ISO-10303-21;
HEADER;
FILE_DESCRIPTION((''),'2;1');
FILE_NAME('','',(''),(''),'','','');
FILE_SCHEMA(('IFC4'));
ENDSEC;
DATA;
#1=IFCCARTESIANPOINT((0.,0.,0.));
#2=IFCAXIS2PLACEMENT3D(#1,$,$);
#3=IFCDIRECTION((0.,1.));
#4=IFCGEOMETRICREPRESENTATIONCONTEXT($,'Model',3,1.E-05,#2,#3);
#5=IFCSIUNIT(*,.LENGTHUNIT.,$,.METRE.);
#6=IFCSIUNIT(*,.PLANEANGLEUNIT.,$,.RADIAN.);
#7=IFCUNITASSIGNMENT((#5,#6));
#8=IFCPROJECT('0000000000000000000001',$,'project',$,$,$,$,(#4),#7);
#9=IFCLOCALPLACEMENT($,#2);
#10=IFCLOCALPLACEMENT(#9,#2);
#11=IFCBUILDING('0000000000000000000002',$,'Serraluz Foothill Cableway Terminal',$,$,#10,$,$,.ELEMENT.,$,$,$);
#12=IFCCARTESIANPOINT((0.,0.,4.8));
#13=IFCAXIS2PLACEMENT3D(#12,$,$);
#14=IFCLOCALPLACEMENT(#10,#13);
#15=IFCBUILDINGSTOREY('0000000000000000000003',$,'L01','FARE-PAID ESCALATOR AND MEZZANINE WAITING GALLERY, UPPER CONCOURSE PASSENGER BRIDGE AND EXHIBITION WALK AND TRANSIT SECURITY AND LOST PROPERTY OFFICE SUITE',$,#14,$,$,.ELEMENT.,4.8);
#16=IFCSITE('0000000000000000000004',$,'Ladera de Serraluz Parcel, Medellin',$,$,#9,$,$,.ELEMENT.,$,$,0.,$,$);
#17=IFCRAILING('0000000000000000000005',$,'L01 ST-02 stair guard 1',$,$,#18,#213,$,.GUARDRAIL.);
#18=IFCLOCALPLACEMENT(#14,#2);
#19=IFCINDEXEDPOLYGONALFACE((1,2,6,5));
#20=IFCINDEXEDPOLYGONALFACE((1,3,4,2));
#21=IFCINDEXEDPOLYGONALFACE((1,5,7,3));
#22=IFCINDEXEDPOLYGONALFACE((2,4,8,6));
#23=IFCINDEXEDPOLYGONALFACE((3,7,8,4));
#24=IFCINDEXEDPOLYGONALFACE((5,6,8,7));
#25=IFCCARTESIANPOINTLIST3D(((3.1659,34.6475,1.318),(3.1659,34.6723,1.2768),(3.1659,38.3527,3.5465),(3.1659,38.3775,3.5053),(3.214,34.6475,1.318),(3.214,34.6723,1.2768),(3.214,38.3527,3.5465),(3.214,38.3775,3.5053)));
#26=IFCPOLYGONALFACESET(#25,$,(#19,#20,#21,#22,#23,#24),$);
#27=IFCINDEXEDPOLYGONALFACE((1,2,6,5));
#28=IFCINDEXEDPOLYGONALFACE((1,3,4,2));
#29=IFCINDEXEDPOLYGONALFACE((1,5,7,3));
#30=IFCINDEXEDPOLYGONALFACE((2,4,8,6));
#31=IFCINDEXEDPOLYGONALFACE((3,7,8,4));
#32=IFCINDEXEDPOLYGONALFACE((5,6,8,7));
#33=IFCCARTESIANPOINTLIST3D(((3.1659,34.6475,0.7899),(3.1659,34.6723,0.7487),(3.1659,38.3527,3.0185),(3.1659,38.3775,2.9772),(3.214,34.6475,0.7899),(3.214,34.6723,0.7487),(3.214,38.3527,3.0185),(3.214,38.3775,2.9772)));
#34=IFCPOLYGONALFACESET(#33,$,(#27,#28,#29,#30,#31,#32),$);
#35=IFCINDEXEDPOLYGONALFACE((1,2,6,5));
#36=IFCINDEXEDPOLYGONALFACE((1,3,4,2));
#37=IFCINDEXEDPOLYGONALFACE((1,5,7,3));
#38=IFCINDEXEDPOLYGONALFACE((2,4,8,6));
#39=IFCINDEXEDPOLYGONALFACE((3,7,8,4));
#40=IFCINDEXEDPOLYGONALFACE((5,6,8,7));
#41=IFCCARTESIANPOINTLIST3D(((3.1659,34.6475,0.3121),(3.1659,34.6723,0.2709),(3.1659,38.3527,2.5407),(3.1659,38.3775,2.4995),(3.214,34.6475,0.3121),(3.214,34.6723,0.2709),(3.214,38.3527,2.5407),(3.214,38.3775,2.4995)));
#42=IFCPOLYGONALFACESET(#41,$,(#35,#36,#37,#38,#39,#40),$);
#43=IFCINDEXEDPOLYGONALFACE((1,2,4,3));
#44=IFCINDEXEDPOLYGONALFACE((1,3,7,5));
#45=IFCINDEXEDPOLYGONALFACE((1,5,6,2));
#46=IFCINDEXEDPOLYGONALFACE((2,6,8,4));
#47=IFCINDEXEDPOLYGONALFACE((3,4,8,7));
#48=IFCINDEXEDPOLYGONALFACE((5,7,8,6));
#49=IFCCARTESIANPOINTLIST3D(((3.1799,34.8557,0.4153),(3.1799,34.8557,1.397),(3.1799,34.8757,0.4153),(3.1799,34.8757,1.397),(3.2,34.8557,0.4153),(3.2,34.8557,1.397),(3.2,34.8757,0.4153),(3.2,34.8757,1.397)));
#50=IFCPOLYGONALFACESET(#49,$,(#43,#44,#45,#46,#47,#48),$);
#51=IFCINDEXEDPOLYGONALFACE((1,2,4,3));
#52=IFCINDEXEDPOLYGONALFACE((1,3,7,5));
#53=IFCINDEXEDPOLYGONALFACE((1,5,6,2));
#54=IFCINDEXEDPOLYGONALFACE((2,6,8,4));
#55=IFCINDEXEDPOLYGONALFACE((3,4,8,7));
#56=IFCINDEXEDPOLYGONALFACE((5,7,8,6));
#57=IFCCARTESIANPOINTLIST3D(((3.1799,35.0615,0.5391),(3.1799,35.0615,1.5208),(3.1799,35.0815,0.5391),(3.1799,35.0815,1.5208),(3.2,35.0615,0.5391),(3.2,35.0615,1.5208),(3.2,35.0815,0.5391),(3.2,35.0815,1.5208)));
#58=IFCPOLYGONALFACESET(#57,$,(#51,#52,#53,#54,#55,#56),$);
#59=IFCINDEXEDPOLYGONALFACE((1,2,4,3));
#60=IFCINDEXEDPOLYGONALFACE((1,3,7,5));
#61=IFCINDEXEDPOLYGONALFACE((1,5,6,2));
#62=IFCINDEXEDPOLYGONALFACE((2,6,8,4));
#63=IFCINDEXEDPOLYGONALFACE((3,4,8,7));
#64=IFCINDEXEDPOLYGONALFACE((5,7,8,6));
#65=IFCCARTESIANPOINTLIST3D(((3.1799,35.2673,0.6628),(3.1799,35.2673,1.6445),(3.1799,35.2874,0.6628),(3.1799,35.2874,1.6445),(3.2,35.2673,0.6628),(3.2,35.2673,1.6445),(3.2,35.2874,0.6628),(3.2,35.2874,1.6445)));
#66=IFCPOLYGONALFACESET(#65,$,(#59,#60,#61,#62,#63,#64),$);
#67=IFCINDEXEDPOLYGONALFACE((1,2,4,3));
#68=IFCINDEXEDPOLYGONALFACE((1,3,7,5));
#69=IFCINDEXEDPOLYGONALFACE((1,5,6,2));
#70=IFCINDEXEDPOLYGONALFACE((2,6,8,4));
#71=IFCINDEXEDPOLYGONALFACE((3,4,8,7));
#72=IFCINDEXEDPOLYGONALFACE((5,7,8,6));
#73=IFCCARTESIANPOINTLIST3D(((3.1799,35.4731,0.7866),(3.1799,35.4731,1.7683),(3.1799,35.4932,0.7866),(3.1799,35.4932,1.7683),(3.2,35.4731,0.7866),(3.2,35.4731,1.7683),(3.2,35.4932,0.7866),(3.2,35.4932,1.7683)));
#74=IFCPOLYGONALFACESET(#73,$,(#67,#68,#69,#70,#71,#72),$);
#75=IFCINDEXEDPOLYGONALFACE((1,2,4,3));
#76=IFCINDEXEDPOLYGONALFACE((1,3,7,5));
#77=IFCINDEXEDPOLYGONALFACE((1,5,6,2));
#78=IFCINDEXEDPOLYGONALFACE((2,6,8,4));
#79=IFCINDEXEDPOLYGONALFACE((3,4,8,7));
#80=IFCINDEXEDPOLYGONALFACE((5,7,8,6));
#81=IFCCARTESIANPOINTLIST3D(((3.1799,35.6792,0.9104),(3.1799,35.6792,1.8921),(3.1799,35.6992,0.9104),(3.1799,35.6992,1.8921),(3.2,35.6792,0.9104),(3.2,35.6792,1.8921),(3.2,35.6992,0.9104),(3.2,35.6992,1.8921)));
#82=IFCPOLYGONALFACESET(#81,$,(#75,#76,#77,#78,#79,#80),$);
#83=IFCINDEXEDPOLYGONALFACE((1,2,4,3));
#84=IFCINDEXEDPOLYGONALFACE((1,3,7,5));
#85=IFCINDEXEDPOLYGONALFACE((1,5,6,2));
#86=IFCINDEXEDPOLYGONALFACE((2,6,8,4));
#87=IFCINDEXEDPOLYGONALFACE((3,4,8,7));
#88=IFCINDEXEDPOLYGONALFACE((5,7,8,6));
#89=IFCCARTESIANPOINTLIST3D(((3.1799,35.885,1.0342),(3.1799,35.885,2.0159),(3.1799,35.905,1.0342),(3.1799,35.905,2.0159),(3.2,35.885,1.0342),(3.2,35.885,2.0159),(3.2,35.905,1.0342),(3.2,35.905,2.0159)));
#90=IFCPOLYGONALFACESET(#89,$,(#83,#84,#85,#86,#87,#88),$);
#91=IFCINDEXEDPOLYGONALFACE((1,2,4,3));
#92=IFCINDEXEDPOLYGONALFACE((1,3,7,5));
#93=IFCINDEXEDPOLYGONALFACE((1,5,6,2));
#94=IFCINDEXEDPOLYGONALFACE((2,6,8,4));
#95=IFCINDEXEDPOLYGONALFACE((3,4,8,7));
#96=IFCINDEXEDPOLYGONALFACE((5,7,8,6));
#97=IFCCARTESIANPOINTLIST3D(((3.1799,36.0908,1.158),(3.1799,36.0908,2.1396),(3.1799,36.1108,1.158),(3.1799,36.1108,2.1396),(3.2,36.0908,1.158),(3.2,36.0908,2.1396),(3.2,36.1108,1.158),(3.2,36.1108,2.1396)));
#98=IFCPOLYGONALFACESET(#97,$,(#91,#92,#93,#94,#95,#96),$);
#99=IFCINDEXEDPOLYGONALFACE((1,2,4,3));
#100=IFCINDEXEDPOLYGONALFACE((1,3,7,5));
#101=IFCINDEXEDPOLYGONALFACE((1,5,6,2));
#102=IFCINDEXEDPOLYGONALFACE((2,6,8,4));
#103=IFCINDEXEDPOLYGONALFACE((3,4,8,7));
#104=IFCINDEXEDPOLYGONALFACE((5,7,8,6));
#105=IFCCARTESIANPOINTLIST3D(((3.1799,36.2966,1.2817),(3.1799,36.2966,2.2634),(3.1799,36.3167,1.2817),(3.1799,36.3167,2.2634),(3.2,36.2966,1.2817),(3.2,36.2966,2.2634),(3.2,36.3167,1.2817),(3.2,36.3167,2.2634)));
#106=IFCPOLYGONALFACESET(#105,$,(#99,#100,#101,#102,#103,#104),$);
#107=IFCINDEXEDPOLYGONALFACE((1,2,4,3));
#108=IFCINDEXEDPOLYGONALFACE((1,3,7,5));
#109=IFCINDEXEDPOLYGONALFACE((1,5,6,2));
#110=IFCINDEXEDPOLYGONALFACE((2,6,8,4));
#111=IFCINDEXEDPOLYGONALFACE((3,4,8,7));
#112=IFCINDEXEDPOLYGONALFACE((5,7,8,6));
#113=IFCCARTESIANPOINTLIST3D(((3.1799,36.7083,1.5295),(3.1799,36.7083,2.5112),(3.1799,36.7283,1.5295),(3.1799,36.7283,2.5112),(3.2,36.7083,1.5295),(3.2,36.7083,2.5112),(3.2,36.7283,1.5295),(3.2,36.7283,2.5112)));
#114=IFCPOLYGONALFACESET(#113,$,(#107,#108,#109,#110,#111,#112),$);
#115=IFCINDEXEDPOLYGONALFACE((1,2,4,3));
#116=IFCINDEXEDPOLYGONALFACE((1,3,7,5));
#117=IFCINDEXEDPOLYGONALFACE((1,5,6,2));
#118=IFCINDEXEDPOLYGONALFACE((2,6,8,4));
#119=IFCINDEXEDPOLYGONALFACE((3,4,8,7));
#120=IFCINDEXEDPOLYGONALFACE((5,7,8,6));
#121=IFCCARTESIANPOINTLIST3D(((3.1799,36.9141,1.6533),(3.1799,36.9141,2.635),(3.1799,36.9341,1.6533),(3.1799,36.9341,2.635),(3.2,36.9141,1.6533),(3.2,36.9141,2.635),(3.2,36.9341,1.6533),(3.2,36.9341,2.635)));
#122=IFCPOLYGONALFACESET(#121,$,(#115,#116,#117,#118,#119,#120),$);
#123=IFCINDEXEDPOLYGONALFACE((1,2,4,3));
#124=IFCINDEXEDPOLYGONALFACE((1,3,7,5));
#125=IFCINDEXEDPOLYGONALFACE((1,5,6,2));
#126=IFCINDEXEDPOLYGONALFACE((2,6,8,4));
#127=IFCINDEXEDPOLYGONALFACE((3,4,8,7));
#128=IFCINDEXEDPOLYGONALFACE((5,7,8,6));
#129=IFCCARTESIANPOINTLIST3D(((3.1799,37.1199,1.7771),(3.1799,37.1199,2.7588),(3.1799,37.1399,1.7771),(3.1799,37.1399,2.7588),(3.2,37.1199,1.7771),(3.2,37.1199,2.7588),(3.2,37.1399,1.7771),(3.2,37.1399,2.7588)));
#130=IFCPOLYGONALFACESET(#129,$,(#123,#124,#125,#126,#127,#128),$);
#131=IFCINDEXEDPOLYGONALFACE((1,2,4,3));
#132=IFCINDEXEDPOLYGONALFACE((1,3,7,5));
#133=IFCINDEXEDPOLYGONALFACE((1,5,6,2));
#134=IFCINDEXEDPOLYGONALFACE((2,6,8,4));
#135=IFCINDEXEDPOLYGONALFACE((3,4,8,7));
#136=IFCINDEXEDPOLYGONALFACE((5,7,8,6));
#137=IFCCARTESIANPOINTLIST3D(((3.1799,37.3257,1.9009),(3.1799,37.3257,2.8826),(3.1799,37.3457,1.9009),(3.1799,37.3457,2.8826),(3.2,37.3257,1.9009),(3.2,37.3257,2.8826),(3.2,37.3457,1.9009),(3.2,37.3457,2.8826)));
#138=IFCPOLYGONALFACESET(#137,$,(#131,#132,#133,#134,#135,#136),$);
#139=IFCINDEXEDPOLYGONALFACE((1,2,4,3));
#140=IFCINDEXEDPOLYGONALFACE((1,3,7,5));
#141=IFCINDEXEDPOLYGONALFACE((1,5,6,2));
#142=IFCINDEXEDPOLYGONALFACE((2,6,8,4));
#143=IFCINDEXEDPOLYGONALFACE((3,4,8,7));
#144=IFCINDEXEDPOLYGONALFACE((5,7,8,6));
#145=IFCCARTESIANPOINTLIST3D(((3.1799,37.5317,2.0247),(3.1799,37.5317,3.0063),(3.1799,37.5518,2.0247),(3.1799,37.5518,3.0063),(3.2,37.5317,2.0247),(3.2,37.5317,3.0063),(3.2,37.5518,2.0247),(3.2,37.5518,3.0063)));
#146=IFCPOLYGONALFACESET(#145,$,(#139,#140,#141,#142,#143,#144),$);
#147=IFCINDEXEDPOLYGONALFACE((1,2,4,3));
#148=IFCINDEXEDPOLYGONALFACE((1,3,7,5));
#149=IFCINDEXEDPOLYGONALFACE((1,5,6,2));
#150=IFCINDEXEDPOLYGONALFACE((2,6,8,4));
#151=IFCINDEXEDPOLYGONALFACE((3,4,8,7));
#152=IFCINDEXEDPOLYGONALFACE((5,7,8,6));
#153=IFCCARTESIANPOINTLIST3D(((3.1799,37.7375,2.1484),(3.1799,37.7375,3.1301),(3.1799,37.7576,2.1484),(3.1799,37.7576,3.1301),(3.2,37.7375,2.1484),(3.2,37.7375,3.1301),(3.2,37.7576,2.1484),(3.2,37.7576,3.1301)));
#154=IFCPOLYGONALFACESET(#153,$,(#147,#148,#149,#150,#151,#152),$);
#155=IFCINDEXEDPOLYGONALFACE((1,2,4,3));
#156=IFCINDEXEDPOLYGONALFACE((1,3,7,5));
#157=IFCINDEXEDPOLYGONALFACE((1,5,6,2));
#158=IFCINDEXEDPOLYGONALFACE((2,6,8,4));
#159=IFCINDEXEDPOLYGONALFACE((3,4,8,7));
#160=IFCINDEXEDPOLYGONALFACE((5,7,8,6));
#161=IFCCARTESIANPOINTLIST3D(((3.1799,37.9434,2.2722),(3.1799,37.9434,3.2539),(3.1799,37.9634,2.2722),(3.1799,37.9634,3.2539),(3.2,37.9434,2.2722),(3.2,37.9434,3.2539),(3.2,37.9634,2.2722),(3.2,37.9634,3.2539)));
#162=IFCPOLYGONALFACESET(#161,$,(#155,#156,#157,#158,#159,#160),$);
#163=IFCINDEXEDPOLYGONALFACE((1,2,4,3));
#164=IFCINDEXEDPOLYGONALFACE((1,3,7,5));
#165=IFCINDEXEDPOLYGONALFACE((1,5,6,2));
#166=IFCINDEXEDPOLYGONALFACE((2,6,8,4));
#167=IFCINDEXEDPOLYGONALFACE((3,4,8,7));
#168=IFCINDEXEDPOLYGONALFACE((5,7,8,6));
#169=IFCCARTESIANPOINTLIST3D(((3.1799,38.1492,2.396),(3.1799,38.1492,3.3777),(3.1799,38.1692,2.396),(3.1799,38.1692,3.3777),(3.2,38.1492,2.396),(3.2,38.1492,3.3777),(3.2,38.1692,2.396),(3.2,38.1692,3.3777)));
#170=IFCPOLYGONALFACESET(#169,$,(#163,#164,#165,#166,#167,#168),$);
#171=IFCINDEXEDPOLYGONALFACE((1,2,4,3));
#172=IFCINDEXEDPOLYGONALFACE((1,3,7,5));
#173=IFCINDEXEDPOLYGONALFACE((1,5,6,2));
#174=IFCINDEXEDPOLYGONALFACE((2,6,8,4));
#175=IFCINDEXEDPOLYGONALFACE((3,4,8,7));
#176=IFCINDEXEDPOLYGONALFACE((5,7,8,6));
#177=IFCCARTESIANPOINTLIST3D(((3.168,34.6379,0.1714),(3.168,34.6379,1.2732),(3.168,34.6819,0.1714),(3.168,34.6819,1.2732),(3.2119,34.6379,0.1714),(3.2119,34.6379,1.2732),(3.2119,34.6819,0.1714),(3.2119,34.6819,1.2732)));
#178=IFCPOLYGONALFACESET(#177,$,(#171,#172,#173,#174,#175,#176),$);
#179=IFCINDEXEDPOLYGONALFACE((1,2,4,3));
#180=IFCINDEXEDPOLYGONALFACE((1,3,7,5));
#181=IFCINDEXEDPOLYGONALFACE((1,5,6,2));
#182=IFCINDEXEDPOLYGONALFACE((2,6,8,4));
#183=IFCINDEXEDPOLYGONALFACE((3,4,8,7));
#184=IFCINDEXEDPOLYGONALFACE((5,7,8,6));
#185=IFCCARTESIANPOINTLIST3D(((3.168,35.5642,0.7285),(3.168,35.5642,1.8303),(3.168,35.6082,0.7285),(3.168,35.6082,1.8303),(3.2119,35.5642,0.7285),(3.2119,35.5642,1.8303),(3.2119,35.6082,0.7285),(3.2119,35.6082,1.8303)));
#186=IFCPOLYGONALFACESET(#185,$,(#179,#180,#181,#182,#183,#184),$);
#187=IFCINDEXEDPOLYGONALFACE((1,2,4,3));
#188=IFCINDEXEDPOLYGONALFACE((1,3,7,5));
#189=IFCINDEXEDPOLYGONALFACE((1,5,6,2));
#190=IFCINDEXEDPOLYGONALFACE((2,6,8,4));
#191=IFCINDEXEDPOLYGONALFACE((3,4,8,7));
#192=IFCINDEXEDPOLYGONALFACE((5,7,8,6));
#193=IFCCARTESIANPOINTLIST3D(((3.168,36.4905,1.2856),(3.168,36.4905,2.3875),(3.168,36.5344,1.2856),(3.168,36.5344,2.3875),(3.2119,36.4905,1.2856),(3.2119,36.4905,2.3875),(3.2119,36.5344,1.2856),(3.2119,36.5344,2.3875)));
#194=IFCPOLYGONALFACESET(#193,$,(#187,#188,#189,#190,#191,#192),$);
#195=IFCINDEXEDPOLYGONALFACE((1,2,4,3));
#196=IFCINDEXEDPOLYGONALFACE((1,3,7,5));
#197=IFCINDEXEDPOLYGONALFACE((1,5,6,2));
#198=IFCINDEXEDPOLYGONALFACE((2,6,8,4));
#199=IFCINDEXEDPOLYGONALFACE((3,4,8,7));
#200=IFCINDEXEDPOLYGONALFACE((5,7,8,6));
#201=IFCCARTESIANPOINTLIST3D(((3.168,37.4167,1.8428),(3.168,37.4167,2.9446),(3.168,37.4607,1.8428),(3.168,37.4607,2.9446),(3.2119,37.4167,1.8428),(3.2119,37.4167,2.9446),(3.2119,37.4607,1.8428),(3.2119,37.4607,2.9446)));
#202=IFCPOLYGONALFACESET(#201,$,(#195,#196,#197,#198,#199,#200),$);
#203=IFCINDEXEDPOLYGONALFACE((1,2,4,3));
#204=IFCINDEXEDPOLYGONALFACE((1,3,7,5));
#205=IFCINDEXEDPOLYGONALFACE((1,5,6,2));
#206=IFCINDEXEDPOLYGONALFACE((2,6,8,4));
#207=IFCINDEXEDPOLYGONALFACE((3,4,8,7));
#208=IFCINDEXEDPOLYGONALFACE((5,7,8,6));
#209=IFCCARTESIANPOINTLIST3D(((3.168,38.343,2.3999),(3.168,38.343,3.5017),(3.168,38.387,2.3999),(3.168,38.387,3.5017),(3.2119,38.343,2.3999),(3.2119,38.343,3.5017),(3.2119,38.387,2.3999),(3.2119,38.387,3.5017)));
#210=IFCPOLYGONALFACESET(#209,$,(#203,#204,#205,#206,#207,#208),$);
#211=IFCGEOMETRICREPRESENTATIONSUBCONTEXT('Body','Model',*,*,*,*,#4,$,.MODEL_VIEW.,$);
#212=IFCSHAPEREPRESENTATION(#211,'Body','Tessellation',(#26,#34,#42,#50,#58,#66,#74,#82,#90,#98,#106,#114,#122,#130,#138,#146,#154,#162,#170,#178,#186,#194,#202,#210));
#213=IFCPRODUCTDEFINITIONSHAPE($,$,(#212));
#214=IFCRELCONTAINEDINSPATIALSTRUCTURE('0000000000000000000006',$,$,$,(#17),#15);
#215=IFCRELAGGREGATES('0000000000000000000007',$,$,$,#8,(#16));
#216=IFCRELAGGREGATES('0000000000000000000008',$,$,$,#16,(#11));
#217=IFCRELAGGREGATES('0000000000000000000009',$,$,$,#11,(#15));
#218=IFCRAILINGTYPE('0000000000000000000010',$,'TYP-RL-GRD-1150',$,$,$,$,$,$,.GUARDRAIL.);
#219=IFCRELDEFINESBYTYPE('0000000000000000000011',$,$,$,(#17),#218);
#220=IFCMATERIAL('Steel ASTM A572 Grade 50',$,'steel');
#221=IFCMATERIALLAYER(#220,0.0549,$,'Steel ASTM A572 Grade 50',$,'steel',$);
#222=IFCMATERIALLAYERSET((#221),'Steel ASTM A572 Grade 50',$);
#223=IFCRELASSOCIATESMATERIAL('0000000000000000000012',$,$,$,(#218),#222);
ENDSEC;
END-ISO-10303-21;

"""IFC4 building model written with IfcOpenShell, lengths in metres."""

from ifc_helpers import new_model, si_unit, direction, frame, origin, origin_2d, place, context, subcontext, project, spatial, rectangle, extrude, material, layer, layer_set, type_object, element, save


model = new_model("IFC4")

# Units and contexts
model_context = context("Model", 3, precision=1e-05, world=origin(), true_north=direction((0.0, 1.0)))
body_context = subcontext(model_context, "Body", "Model", "MODEL_VIEW")
ifc_project = project(units=[si_unit("LENGTHUNIT", "METRE"), si_unit("PLANEANGLEUNIT", "RADIAN")], contexts=[model_context])

# Site, building, storey
site_placement = place(None, origin())
site = spatial("IfcSite", under=ifc_project, at=site_placement, Name="Ladera de Serraluz Parcel, Medellin", CompositionType="ELEMENT", RefElevation=0.0)
building_placement = place(site_placement, origin())
building = spatial("IfcBuilding", under=site, at=building_placement, Name="Serraluz Foothill Cableway Terminal", CompositionType="ELEMENT")
storey_placement = place(building_placement, frame((0.0, 0.0, 4.8)))
storey = spatial("IfcBuildingStorey", under=building, at=storey_placement, Name="L01", Description="FARE-PAID ESCALATOR AND MEZZANINE WAITING GALLERY, UPPER CONCOURSE PASSENGER BRIDGE AND EXHIBITION WALK AND TRANSIT SECURITY AND LOST PROPERTY OFFICE SUITE", CompositionType="ELEMENT", Elevation=4.8)

# Railing
ifc_material_1 = material(Name="Steel ASTM A572 Grade 50", Category="steel")
ifc_layer_1 = layer(ifc_material_1, 0.0549, Name="Steel ASTM A572 Grade 50", Category="steel")
ifc_layer_set_1 = layer_set([ifc_layer_1], Name="Steel ASTM A572 Grade 50")
railing_type_1 = type_object("IfcRailingType", Name="TYP-RL-GRD-1150", PredefinedType="GUARDRAIL", material=ifc_layer_set_1)
railing_1_placement = place(storey_placement, frame((3.1899, 34.6599, 0.1714)))
element("IfcRailing", 1, at=railing_1_placement, inside=storey, type_object=railing_type_1, Name="L01 ST-02 stair guard 1", PredefinedType="GUARDRAIL", context=body_context, shape_type="SweptSolid", body=[
    extrude(rectangle(XDim=0.0481, YDim=0.0481, at=origin_2d()), frame((0.0, 0.0, 1.126), z_axis=(0.0, 0.856934, 0.515425), x_axis=(-1.0, 0.0, 0.0)), (0.0, 0.0, 1.0), 4.3237),
    extrude(rectangle(XDim=0.0481, YDim=0.0481, at=origin_2d()), frame((0.0, 0.0, 0.5979), z_axis=(0.0, 0.856934, 0.515425), x_axis=(-1.0, 0.0, 0.0)), (0.0, 0.0, 1.0), 4.3237),
    extrude(rectangle(XDim=0.0481, YDim=0.0481, at=origin_2d()), frame((0.0, 0.0, 0.1201), z_axis=(0.0, 0.856934, 0.515425), x_axis=(-1.0, 0.0, 0.0)), (0.0, 0.0, 1.0), 4.3237),
    extrude(rectangle(XDim=0.02, YDim=0.02, at=origin_2d()), frame((0.0, 0.2058, 0.2439)), (0.0, 0.0, 1.0), 0.9817),
    extrude(rectangle(XDim=0.02, YDim=0.02, at=origin_2d()), frame((0.0, 0.4116, 0.3677)), (0.0, 0.0, 1.0), 0.9817),
    extrude(rectangle(XDim=0.02, YDim=0.02, at=origin_2d()), frame((0.0, 0.6174, 0.4915)), (0.0, 0.0, 1.0), 0.9817),
    extrude(rectangle(XDim=0.02, YDim=0.02, at=origin_2d()), frame((0.0, 0.8232, 0.6152)), (0.0, 0.0, 1.0), 0.9817),
    extrude(rectangle(XDim=0.02, YDim=0.02, at=origin_2d()), frame((0.0, 1.0293, 0.739)), (0.0, 0.0, 1.0), 0.9817),
    extrude(rectangle(XDim=0.02, YDim=0.02, at=origin_2d()), frame((0.0, 1.2351, 0.8628)), (0.0, 0.0, 1.0), 0.9817),
    extrude(rectangle(XDim=0.02, YDim=0.02, at=origin_2d()), frame((0.0, 1.4409, 0.9866)), (0.0, 0.0, 1.0), 0.9817),
    extrude(rectangle(XDim=0.02, YDim=0.02, at=origin_2d()), frame((0.0, 1.6467, 1.1104)), (0.0, 0.0, 1.0), 0.9817),
    extrude(rectangle(XDim=0.02, YDim=0.02, at=origin_2d()), frame((0.0, 2.0583, 1.3582)), (0.0, 0.0, 1.0), 0.9817),
    extrude(rectangle(XDim=0.02, YDim=0.02, at=origin_2d()), frame((0.0, 2.2642, 1.4819)), (0.0, 0.0, 1.0), 0.9817),
    extrude(rectangle(XDim=0.02, YDim=0.02, at=origin_2d()), frame((0.0, 2.47, 1.6057)), (0.0, 0.0, 1.0), 0.9817),
    extrude(rectangle(XDim=0.02, YDim=0.02, at=origin_2d()), frame((0.0, 2.6758, 1.7295)), (0.0, 0.0, 1.0), 0.9817),
    extrude(rectangle(XDim=0.02, YDim=0.02, at=origin_2d()), frame((0.0, 2.8818, 1.8533)), (0.0, 0.0, 1.0), 0.9817),
    extrude(rectangle(XDim=0.02, YDim=0.02, at=origin_2d()), frame((0.0, 3.0876, 1.9771)), (0.0, 0.0, 1.0), 0.9817),
    extrude(rectangle(XDim=0.02, YDim=0.02, at=origin_2d()), frame((0.0, 3.2935, 2.1008)), (0.0, 0.0, 1.0), 0.9817),
    extrude(rectangle(XDim=0.02, YDim=0.02, at=origin_2d()), frame((0.0, 3.4993, 2.2246)), (0.0, 0.0, 1.0), 0.9817),
    extrude(rectangle(XDim=0.0439, YDim=0.0439, at=origin_2d()), origin(), (0.0, 0.0, 1.0), 1.1018),
    extrude(rectangle(XDim=0.0439, YDim=0.0439, at=origin_2d()), frame((0.0, 0.9263, 0.5571)), (0.0, 0.0, 1.0), 1.1018),
    extrude(rectangle(XDim=0.0439, YDim=0.0439, at=origin_2d()), frame((0.0, 1.8525, 1.1143)), (0.0, 0.0, 1.0), 1.1018),
    extrude(rectangle(XDim=0.0439, YDim=0.0439, at=origin_2d()), frame((0.0, 2.7788, 1.6714)), (0.0, 0.0, 1.0), 1.1018),
    extrude(rectangle(XDim=0.0439, YDim=0.0439, at=origin_2d()), frame((0.0, 3.7051, 2.2285)), (0.0, 0.0, 1.0), 1.1018),
])

save(model, "model.ifc")
